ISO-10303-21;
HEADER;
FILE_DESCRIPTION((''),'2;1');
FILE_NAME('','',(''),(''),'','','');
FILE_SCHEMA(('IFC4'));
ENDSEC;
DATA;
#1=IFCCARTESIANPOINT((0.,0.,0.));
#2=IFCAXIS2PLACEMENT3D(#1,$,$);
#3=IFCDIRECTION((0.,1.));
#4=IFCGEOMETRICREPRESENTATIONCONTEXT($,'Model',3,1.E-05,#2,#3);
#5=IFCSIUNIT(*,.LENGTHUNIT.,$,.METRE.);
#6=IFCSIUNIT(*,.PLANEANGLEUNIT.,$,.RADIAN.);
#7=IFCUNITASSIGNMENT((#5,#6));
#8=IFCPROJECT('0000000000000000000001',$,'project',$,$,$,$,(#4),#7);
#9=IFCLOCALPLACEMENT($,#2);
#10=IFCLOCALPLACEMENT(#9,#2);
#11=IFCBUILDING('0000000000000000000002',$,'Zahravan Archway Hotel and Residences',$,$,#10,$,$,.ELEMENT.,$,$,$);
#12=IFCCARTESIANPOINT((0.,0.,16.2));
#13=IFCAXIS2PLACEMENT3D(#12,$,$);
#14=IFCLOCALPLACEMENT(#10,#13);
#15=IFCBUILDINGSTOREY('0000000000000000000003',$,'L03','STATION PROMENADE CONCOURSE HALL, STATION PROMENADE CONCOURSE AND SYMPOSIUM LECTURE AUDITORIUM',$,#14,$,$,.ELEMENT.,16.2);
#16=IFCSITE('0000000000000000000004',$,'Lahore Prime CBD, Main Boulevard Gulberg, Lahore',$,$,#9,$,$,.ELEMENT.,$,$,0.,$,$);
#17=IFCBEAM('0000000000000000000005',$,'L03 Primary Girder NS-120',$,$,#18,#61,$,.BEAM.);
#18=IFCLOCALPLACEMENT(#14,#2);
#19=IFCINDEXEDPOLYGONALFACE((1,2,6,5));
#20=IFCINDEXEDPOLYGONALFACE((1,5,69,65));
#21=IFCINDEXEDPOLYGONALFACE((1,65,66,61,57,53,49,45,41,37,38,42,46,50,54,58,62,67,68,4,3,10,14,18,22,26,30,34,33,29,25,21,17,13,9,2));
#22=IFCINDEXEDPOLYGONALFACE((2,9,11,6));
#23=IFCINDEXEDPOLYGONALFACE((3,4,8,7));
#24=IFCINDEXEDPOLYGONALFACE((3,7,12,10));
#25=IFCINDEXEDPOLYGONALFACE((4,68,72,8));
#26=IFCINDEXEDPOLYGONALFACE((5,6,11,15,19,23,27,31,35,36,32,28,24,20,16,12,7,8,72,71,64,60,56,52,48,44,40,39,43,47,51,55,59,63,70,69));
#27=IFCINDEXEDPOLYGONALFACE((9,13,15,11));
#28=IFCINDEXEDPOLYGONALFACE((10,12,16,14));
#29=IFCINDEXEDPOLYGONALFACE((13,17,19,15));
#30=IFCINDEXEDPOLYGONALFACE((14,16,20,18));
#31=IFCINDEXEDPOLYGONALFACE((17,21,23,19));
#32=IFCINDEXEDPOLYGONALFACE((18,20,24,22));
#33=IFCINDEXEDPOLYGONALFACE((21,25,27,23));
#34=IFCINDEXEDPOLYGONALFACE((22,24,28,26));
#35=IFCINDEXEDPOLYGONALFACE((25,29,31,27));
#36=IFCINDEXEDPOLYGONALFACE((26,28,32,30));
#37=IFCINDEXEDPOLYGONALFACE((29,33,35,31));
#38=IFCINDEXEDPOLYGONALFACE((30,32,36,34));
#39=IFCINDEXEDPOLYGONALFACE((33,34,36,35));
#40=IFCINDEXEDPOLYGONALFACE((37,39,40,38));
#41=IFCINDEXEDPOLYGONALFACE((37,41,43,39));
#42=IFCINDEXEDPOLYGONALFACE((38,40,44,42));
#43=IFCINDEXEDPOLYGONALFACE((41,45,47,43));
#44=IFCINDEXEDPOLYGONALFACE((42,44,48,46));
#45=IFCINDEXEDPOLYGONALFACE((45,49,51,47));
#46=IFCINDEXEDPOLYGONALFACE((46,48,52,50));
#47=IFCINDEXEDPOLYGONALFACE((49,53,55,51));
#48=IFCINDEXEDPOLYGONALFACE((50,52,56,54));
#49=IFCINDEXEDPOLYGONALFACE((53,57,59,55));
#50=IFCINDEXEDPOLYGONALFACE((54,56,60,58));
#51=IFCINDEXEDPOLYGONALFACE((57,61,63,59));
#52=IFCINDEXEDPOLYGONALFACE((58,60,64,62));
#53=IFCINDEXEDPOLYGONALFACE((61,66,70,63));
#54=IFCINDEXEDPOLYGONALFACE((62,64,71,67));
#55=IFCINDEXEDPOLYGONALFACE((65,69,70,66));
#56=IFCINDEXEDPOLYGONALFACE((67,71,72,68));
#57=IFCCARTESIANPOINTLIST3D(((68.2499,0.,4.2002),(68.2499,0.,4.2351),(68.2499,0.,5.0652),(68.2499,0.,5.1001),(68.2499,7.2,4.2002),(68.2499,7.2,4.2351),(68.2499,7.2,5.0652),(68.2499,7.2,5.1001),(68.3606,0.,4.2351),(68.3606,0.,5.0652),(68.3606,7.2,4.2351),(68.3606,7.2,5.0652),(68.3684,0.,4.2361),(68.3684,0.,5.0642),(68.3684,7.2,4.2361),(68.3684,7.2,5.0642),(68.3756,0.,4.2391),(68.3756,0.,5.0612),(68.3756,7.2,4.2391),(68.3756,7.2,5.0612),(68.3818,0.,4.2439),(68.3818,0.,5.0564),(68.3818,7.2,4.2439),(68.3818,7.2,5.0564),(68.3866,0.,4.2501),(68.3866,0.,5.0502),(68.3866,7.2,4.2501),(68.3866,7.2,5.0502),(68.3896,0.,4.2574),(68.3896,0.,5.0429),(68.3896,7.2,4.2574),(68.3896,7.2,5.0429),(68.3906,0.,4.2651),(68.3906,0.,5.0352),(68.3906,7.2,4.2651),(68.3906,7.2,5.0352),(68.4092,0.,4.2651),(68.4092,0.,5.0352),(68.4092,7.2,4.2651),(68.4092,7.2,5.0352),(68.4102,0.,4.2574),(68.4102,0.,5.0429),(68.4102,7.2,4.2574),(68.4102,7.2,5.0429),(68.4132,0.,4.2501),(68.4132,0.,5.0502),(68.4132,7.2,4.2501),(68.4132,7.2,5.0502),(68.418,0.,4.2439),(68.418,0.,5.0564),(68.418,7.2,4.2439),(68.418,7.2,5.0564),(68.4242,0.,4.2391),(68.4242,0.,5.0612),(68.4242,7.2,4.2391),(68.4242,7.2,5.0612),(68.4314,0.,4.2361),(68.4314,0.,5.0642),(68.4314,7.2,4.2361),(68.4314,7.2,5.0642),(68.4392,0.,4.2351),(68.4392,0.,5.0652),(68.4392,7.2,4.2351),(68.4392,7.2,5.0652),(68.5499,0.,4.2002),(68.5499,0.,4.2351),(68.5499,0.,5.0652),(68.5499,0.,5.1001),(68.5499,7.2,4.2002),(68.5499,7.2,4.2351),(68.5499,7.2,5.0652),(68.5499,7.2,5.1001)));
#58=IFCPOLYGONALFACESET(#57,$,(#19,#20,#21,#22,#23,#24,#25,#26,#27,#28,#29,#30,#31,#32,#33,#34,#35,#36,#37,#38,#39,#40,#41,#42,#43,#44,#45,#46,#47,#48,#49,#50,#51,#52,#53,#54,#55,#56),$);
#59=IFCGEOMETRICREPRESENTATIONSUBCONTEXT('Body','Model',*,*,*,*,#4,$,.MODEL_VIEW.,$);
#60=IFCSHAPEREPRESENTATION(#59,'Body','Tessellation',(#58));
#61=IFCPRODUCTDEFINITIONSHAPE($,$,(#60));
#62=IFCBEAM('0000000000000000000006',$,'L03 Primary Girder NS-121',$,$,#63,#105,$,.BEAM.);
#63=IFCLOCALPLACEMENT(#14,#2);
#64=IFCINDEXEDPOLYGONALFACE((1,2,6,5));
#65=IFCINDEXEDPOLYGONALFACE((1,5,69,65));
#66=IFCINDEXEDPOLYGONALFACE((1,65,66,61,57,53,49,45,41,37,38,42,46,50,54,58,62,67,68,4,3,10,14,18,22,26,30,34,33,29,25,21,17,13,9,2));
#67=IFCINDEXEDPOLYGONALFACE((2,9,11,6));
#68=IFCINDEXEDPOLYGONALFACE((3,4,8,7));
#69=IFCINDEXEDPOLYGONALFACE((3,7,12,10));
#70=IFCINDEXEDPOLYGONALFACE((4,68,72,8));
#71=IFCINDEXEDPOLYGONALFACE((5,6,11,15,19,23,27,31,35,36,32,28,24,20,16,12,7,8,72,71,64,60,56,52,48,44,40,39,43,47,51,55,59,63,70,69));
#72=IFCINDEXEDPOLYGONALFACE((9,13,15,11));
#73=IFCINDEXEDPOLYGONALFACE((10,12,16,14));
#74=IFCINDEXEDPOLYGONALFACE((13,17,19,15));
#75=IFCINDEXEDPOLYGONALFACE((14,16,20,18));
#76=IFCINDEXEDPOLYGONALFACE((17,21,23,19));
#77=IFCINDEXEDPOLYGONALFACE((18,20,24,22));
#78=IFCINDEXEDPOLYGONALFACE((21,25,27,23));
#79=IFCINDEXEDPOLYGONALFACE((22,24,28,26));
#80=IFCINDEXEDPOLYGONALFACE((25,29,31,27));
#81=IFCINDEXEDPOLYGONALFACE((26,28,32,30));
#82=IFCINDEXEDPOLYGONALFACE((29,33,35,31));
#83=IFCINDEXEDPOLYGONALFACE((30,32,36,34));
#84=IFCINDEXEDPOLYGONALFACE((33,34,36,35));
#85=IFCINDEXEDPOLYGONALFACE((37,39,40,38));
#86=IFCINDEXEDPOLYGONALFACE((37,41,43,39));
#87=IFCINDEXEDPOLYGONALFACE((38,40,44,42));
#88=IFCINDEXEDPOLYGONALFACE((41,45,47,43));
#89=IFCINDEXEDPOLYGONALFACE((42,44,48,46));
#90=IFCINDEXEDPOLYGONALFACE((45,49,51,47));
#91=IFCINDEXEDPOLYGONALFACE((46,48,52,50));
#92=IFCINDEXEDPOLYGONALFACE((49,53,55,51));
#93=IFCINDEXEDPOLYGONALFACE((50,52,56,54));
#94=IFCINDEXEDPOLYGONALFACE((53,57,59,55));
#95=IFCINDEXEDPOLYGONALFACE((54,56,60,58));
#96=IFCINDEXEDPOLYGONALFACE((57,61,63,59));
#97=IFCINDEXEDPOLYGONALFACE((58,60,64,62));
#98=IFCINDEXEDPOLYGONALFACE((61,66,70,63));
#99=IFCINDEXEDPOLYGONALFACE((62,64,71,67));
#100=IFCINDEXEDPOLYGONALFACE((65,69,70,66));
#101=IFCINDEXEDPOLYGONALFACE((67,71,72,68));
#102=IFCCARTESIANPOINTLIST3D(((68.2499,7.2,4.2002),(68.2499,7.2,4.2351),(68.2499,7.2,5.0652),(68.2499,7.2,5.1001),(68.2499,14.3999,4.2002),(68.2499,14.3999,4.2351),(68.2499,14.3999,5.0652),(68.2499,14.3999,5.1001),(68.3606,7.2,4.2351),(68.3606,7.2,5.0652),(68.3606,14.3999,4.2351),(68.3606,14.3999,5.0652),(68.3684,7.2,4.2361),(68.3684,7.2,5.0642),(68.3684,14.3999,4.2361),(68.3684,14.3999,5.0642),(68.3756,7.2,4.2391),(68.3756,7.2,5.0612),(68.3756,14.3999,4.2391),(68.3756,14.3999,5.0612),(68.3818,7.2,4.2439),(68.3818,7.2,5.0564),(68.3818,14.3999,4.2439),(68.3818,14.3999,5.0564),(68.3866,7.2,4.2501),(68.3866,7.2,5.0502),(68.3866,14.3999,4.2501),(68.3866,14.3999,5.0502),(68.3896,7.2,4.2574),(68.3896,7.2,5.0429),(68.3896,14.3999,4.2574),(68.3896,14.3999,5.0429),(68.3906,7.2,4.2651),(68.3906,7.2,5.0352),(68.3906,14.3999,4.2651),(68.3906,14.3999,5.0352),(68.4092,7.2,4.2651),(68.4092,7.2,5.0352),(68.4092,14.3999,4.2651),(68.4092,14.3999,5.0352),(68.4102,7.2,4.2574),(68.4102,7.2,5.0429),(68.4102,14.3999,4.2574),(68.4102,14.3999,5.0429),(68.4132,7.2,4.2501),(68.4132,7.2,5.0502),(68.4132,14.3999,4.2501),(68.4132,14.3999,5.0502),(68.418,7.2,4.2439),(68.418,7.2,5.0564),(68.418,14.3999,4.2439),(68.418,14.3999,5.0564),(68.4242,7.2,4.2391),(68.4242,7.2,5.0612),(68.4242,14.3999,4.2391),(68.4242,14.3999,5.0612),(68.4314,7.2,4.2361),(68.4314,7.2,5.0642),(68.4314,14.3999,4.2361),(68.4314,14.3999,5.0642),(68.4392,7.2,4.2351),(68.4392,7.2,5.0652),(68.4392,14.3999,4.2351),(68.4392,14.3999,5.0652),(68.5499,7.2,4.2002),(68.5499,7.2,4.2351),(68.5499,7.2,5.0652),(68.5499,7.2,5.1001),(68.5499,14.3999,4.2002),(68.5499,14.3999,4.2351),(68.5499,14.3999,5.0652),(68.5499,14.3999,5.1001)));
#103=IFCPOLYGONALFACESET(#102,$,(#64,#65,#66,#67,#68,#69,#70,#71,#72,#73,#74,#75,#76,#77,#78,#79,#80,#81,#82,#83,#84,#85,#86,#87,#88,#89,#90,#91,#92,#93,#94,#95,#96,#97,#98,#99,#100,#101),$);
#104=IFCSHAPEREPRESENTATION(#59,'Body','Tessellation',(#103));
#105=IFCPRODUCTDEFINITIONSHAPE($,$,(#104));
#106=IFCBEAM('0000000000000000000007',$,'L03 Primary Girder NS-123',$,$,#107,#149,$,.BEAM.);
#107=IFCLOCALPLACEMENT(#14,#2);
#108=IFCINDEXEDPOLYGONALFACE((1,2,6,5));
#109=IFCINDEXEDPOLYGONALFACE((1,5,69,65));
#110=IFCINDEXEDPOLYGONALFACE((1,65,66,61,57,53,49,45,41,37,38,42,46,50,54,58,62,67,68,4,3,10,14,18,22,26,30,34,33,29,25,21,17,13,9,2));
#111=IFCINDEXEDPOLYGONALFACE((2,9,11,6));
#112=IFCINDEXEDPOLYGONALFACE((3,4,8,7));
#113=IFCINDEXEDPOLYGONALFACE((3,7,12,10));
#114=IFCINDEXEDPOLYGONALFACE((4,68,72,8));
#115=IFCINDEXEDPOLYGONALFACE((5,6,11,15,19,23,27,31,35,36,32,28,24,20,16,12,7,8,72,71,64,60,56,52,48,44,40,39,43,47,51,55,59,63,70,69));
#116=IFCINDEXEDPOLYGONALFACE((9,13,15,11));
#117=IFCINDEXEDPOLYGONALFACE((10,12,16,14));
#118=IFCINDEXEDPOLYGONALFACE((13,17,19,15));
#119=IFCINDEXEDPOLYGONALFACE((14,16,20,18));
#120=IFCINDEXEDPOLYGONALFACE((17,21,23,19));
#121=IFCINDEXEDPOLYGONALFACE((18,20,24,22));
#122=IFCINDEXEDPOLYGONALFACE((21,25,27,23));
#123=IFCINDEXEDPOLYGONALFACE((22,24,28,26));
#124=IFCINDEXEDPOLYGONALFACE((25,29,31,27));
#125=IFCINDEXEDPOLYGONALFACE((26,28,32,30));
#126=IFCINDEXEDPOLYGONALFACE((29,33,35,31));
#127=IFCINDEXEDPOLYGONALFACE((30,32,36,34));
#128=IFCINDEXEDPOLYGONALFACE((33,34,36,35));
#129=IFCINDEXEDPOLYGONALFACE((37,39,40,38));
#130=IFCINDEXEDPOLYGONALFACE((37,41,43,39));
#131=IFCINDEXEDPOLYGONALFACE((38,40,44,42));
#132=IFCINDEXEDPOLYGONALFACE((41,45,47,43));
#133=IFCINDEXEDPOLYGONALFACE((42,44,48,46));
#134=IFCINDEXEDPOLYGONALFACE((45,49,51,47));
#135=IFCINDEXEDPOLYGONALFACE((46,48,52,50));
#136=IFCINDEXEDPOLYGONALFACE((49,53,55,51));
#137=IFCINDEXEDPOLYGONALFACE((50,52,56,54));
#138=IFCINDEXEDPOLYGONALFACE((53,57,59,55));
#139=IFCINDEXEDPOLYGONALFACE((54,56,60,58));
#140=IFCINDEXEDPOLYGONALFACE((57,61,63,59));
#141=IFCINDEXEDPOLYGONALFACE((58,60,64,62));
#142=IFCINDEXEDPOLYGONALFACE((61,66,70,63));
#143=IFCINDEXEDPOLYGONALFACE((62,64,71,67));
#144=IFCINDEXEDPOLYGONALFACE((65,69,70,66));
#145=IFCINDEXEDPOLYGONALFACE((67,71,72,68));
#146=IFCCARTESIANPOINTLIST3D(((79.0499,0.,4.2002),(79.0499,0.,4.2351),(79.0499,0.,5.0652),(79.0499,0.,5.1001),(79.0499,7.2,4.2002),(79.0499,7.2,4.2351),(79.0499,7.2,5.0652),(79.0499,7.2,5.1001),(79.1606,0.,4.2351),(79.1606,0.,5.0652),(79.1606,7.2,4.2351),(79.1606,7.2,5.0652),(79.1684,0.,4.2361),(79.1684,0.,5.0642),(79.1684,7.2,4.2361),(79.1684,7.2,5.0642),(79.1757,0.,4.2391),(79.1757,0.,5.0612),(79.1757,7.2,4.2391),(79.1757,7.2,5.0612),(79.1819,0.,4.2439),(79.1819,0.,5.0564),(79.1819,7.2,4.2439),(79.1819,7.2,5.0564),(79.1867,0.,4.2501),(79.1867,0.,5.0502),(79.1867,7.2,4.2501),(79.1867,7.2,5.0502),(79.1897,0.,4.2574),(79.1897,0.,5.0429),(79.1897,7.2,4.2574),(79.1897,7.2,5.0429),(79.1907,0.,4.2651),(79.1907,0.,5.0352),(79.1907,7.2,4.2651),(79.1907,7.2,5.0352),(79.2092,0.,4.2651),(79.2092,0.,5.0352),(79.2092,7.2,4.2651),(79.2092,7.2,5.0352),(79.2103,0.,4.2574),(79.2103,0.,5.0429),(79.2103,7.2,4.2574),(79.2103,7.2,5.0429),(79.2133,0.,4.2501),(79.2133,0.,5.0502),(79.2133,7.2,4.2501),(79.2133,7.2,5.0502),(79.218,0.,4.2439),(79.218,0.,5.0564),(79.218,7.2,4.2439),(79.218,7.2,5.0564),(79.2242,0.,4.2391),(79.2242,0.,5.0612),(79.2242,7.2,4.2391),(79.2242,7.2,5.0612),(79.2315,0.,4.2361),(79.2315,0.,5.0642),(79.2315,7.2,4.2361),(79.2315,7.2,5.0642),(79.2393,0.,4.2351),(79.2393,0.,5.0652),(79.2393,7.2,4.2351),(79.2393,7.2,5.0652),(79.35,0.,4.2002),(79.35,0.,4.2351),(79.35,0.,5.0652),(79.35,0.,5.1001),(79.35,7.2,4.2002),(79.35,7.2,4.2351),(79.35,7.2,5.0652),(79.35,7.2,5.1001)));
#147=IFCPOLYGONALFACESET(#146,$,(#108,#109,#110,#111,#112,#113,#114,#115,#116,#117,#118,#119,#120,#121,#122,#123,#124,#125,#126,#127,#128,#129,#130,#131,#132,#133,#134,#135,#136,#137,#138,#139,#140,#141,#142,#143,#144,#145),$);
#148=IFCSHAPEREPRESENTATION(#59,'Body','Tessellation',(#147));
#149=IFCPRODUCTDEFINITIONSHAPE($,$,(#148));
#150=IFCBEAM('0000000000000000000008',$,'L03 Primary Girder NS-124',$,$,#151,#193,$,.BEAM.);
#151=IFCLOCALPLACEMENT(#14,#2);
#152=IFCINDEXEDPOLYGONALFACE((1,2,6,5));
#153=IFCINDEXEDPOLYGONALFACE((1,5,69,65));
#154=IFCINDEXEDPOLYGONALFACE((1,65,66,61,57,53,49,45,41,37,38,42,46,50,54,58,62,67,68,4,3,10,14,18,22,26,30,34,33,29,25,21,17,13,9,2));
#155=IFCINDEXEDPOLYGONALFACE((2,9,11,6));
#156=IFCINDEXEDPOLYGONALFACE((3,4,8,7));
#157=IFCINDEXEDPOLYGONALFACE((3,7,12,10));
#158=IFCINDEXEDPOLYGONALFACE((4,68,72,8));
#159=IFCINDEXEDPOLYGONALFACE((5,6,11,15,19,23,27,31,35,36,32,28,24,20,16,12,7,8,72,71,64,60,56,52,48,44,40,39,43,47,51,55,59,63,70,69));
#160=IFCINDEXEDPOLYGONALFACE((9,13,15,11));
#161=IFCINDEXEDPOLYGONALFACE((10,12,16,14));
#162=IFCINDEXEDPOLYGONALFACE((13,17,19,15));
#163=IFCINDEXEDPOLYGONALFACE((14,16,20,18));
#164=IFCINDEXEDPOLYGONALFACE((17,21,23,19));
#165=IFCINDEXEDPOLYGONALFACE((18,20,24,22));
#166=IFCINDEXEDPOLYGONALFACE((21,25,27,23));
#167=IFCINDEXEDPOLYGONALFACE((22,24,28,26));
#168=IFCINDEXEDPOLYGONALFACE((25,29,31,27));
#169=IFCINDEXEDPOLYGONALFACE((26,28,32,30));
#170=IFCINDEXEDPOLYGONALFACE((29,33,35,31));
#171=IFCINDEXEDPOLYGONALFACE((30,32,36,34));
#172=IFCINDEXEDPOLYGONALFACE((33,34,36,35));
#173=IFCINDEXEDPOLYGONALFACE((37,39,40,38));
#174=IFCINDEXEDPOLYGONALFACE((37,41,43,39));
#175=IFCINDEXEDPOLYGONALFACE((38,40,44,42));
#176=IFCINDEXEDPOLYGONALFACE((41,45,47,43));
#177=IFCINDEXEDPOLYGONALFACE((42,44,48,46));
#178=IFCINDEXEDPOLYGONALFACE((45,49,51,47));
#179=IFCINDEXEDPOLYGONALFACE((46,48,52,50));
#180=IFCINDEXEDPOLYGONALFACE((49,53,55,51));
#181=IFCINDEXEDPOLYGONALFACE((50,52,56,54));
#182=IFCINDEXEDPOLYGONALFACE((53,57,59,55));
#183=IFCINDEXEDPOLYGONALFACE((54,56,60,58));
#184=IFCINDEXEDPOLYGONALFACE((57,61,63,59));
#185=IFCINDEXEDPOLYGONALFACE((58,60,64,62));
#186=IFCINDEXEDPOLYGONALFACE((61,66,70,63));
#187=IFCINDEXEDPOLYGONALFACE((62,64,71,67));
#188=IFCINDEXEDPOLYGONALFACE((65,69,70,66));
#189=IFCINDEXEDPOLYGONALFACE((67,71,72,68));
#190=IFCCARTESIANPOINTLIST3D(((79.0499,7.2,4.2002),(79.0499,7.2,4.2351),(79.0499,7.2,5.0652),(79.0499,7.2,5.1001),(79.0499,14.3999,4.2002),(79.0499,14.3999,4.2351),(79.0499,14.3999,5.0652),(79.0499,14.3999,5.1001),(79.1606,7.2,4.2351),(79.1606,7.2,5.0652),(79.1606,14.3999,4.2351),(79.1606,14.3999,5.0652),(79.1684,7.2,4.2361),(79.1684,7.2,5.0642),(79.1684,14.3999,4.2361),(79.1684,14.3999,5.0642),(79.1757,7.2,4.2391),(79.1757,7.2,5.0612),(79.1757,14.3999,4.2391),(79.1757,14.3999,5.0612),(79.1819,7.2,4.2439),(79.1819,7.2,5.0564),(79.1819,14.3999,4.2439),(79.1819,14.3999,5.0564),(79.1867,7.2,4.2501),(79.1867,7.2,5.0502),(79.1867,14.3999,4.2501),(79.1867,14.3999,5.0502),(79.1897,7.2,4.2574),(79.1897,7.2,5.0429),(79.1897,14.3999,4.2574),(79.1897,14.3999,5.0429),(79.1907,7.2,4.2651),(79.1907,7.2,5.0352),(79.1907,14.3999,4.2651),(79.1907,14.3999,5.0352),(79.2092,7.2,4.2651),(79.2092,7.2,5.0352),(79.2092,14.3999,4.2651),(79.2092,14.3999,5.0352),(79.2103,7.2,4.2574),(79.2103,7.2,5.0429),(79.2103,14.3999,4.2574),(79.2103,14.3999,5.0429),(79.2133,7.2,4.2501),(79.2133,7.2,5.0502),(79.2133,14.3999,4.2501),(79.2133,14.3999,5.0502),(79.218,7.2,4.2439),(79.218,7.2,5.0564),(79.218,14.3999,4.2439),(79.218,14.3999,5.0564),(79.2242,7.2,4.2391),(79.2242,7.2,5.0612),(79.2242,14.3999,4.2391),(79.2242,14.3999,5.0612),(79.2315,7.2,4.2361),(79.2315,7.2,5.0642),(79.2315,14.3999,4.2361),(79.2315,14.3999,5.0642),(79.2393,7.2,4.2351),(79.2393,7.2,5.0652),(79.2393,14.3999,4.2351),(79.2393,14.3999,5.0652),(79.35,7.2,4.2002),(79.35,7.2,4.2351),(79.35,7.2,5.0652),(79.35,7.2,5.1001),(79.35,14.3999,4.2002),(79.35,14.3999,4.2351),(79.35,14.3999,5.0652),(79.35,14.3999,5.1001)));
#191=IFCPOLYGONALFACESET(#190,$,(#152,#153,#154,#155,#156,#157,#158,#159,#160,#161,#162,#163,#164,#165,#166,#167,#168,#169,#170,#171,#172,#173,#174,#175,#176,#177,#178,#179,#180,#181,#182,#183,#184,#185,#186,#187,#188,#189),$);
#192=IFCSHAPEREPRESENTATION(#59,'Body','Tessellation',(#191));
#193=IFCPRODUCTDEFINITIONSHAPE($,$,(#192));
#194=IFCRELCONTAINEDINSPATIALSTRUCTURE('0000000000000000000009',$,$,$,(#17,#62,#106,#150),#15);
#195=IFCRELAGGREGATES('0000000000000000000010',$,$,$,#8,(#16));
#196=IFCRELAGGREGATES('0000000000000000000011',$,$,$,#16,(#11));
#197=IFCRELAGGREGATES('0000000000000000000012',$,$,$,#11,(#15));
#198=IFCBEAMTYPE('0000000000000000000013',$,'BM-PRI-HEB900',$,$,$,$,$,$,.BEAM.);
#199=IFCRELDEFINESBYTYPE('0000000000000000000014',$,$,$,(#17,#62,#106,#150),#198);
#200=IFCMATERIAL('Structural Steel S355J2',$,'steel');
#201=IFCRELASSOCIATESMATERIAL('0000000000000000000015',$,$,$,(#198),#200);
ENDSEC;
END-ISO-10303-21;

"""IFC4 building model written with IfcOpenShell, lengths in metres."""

from ifc_helpers import new_model, si_unit, direction, frame, origin, origin_2d, place, context, subcontext, project, spatial, i_section, extrude, source, transform, mapped, material, material_profile, profile_set, type_object, element, save


model = new_model("IFC4")

# Units and contexts
model_context = context("Model", 3, precision=1e-05, world=origin(), true_north=direction((0.0, 1.0)))
body_context = subcontext(model_context, "Body", "Model", "MODEL_VIEW")
ifc_project = project(units=[si_unit("LENGTHUNIT", "METRE"), si_unit("PLANEANGLEUNIT", "RADIAN")], contexts=[model_context])

# Site, building, storey
site_placement = place(None, origin())
site = spatial("IfcSite", under=ifc_project, at=site_placement, Name="Lahore Prime CBD, Main Boulevard Gulberg, Lahore", CompositionType="ELEMENT", RefElevation=0.0)
building_placement = place(site_placement, origin())
building = spatial("IfcBuilding", under=site, at=building_placement, Name="Zahravan Archway Hotel and Residences", CompositionType="ELEMENT")
storey_placement = place(building_placement, frame((0.0, 0.0, 16.2)))
storey = spatial("IfcBuildingStorey", under=building, at=storey_placement, Name="L03", Description="STATION PROMENADE CONCOURSE HALL, STATION PROMENADE CONCOURSE AND SYMPOSIUM LECTURE AUDITORIUM", CompositionType="ELEMENT", Elevation=16.2)

# Beams
ifc_material_1 = material(Name="Structural Steel S355J2", Category="steel")
ifc_material_profile_1 = material_profile(ifc_material_1, i_section(OverallWidth=0.3, OverallDepth=0.8999, WebThickness=0.0186, FlangeThickness=0.0349, FilletRadius=0.03, at=origin_2d()), Name="HEB 900", Category="steel")
ifc_profile_set_1 = profile_set([ifc_material_profile_1], Name="Structural Steel S355J2")
beam_type_1 = type_object("IfcBeamType", Name="BM-PRI-HEB900", PredefinedType="BEAM", material=ifc_profile_set_1)
shared_shape_1 = source(origin(), body_context, "Body", "SweptSolid", [
    extrude(i_section(OverallWidth=0.3, OverallDepth=0.8999, WebThickness=0.0186, FlangeThickness=0.0349, FilletRadius=0.03, at=origin_2d()), origin(), (0.0, 0.0, 1.0), 7.2),
])
for number, where, z_axis, x_axis, name in (
    (1, (68.3999, 0.0, 4.6501), (0.0, 1.0, 0.0), (-1.0, 0.0, 0.0), "L03 Primary Girder NS-120"),
    (2, (68.3999, 7.2, 4.6501), (0.0, 1.0, 0.0), (-1.0, 0.0, 0.0), "L03 Primary Girder NS-121"),
    (3, (79.2, 0.0, 4.6501), (0.0, 1.0, 0.0), (-1.0, 0.0, 0.0), "L03 Primary Girder NS-123"),
    (4, (79.2, 7.2, 4.6501), (0.0, 1.0, 0.0), (-1.0, 0.0, 0.0), "L03 Primary Girder NS-124"),
):
    element("IfcBeam", number, at=place(storey_placement, frame(where, z_axis=z_axis, x_axis=x_axis)), inside=storey, type_object=beam_type_1, Name=name, PredefinedType="BEAM", context=body_context, shape_type="MappedRepresentation", body=[
        mapped(shared_shape_1, transform((0.0, 0.0, 0.0), scale=1.0)),
    ])

save(model, "model.ifc")
